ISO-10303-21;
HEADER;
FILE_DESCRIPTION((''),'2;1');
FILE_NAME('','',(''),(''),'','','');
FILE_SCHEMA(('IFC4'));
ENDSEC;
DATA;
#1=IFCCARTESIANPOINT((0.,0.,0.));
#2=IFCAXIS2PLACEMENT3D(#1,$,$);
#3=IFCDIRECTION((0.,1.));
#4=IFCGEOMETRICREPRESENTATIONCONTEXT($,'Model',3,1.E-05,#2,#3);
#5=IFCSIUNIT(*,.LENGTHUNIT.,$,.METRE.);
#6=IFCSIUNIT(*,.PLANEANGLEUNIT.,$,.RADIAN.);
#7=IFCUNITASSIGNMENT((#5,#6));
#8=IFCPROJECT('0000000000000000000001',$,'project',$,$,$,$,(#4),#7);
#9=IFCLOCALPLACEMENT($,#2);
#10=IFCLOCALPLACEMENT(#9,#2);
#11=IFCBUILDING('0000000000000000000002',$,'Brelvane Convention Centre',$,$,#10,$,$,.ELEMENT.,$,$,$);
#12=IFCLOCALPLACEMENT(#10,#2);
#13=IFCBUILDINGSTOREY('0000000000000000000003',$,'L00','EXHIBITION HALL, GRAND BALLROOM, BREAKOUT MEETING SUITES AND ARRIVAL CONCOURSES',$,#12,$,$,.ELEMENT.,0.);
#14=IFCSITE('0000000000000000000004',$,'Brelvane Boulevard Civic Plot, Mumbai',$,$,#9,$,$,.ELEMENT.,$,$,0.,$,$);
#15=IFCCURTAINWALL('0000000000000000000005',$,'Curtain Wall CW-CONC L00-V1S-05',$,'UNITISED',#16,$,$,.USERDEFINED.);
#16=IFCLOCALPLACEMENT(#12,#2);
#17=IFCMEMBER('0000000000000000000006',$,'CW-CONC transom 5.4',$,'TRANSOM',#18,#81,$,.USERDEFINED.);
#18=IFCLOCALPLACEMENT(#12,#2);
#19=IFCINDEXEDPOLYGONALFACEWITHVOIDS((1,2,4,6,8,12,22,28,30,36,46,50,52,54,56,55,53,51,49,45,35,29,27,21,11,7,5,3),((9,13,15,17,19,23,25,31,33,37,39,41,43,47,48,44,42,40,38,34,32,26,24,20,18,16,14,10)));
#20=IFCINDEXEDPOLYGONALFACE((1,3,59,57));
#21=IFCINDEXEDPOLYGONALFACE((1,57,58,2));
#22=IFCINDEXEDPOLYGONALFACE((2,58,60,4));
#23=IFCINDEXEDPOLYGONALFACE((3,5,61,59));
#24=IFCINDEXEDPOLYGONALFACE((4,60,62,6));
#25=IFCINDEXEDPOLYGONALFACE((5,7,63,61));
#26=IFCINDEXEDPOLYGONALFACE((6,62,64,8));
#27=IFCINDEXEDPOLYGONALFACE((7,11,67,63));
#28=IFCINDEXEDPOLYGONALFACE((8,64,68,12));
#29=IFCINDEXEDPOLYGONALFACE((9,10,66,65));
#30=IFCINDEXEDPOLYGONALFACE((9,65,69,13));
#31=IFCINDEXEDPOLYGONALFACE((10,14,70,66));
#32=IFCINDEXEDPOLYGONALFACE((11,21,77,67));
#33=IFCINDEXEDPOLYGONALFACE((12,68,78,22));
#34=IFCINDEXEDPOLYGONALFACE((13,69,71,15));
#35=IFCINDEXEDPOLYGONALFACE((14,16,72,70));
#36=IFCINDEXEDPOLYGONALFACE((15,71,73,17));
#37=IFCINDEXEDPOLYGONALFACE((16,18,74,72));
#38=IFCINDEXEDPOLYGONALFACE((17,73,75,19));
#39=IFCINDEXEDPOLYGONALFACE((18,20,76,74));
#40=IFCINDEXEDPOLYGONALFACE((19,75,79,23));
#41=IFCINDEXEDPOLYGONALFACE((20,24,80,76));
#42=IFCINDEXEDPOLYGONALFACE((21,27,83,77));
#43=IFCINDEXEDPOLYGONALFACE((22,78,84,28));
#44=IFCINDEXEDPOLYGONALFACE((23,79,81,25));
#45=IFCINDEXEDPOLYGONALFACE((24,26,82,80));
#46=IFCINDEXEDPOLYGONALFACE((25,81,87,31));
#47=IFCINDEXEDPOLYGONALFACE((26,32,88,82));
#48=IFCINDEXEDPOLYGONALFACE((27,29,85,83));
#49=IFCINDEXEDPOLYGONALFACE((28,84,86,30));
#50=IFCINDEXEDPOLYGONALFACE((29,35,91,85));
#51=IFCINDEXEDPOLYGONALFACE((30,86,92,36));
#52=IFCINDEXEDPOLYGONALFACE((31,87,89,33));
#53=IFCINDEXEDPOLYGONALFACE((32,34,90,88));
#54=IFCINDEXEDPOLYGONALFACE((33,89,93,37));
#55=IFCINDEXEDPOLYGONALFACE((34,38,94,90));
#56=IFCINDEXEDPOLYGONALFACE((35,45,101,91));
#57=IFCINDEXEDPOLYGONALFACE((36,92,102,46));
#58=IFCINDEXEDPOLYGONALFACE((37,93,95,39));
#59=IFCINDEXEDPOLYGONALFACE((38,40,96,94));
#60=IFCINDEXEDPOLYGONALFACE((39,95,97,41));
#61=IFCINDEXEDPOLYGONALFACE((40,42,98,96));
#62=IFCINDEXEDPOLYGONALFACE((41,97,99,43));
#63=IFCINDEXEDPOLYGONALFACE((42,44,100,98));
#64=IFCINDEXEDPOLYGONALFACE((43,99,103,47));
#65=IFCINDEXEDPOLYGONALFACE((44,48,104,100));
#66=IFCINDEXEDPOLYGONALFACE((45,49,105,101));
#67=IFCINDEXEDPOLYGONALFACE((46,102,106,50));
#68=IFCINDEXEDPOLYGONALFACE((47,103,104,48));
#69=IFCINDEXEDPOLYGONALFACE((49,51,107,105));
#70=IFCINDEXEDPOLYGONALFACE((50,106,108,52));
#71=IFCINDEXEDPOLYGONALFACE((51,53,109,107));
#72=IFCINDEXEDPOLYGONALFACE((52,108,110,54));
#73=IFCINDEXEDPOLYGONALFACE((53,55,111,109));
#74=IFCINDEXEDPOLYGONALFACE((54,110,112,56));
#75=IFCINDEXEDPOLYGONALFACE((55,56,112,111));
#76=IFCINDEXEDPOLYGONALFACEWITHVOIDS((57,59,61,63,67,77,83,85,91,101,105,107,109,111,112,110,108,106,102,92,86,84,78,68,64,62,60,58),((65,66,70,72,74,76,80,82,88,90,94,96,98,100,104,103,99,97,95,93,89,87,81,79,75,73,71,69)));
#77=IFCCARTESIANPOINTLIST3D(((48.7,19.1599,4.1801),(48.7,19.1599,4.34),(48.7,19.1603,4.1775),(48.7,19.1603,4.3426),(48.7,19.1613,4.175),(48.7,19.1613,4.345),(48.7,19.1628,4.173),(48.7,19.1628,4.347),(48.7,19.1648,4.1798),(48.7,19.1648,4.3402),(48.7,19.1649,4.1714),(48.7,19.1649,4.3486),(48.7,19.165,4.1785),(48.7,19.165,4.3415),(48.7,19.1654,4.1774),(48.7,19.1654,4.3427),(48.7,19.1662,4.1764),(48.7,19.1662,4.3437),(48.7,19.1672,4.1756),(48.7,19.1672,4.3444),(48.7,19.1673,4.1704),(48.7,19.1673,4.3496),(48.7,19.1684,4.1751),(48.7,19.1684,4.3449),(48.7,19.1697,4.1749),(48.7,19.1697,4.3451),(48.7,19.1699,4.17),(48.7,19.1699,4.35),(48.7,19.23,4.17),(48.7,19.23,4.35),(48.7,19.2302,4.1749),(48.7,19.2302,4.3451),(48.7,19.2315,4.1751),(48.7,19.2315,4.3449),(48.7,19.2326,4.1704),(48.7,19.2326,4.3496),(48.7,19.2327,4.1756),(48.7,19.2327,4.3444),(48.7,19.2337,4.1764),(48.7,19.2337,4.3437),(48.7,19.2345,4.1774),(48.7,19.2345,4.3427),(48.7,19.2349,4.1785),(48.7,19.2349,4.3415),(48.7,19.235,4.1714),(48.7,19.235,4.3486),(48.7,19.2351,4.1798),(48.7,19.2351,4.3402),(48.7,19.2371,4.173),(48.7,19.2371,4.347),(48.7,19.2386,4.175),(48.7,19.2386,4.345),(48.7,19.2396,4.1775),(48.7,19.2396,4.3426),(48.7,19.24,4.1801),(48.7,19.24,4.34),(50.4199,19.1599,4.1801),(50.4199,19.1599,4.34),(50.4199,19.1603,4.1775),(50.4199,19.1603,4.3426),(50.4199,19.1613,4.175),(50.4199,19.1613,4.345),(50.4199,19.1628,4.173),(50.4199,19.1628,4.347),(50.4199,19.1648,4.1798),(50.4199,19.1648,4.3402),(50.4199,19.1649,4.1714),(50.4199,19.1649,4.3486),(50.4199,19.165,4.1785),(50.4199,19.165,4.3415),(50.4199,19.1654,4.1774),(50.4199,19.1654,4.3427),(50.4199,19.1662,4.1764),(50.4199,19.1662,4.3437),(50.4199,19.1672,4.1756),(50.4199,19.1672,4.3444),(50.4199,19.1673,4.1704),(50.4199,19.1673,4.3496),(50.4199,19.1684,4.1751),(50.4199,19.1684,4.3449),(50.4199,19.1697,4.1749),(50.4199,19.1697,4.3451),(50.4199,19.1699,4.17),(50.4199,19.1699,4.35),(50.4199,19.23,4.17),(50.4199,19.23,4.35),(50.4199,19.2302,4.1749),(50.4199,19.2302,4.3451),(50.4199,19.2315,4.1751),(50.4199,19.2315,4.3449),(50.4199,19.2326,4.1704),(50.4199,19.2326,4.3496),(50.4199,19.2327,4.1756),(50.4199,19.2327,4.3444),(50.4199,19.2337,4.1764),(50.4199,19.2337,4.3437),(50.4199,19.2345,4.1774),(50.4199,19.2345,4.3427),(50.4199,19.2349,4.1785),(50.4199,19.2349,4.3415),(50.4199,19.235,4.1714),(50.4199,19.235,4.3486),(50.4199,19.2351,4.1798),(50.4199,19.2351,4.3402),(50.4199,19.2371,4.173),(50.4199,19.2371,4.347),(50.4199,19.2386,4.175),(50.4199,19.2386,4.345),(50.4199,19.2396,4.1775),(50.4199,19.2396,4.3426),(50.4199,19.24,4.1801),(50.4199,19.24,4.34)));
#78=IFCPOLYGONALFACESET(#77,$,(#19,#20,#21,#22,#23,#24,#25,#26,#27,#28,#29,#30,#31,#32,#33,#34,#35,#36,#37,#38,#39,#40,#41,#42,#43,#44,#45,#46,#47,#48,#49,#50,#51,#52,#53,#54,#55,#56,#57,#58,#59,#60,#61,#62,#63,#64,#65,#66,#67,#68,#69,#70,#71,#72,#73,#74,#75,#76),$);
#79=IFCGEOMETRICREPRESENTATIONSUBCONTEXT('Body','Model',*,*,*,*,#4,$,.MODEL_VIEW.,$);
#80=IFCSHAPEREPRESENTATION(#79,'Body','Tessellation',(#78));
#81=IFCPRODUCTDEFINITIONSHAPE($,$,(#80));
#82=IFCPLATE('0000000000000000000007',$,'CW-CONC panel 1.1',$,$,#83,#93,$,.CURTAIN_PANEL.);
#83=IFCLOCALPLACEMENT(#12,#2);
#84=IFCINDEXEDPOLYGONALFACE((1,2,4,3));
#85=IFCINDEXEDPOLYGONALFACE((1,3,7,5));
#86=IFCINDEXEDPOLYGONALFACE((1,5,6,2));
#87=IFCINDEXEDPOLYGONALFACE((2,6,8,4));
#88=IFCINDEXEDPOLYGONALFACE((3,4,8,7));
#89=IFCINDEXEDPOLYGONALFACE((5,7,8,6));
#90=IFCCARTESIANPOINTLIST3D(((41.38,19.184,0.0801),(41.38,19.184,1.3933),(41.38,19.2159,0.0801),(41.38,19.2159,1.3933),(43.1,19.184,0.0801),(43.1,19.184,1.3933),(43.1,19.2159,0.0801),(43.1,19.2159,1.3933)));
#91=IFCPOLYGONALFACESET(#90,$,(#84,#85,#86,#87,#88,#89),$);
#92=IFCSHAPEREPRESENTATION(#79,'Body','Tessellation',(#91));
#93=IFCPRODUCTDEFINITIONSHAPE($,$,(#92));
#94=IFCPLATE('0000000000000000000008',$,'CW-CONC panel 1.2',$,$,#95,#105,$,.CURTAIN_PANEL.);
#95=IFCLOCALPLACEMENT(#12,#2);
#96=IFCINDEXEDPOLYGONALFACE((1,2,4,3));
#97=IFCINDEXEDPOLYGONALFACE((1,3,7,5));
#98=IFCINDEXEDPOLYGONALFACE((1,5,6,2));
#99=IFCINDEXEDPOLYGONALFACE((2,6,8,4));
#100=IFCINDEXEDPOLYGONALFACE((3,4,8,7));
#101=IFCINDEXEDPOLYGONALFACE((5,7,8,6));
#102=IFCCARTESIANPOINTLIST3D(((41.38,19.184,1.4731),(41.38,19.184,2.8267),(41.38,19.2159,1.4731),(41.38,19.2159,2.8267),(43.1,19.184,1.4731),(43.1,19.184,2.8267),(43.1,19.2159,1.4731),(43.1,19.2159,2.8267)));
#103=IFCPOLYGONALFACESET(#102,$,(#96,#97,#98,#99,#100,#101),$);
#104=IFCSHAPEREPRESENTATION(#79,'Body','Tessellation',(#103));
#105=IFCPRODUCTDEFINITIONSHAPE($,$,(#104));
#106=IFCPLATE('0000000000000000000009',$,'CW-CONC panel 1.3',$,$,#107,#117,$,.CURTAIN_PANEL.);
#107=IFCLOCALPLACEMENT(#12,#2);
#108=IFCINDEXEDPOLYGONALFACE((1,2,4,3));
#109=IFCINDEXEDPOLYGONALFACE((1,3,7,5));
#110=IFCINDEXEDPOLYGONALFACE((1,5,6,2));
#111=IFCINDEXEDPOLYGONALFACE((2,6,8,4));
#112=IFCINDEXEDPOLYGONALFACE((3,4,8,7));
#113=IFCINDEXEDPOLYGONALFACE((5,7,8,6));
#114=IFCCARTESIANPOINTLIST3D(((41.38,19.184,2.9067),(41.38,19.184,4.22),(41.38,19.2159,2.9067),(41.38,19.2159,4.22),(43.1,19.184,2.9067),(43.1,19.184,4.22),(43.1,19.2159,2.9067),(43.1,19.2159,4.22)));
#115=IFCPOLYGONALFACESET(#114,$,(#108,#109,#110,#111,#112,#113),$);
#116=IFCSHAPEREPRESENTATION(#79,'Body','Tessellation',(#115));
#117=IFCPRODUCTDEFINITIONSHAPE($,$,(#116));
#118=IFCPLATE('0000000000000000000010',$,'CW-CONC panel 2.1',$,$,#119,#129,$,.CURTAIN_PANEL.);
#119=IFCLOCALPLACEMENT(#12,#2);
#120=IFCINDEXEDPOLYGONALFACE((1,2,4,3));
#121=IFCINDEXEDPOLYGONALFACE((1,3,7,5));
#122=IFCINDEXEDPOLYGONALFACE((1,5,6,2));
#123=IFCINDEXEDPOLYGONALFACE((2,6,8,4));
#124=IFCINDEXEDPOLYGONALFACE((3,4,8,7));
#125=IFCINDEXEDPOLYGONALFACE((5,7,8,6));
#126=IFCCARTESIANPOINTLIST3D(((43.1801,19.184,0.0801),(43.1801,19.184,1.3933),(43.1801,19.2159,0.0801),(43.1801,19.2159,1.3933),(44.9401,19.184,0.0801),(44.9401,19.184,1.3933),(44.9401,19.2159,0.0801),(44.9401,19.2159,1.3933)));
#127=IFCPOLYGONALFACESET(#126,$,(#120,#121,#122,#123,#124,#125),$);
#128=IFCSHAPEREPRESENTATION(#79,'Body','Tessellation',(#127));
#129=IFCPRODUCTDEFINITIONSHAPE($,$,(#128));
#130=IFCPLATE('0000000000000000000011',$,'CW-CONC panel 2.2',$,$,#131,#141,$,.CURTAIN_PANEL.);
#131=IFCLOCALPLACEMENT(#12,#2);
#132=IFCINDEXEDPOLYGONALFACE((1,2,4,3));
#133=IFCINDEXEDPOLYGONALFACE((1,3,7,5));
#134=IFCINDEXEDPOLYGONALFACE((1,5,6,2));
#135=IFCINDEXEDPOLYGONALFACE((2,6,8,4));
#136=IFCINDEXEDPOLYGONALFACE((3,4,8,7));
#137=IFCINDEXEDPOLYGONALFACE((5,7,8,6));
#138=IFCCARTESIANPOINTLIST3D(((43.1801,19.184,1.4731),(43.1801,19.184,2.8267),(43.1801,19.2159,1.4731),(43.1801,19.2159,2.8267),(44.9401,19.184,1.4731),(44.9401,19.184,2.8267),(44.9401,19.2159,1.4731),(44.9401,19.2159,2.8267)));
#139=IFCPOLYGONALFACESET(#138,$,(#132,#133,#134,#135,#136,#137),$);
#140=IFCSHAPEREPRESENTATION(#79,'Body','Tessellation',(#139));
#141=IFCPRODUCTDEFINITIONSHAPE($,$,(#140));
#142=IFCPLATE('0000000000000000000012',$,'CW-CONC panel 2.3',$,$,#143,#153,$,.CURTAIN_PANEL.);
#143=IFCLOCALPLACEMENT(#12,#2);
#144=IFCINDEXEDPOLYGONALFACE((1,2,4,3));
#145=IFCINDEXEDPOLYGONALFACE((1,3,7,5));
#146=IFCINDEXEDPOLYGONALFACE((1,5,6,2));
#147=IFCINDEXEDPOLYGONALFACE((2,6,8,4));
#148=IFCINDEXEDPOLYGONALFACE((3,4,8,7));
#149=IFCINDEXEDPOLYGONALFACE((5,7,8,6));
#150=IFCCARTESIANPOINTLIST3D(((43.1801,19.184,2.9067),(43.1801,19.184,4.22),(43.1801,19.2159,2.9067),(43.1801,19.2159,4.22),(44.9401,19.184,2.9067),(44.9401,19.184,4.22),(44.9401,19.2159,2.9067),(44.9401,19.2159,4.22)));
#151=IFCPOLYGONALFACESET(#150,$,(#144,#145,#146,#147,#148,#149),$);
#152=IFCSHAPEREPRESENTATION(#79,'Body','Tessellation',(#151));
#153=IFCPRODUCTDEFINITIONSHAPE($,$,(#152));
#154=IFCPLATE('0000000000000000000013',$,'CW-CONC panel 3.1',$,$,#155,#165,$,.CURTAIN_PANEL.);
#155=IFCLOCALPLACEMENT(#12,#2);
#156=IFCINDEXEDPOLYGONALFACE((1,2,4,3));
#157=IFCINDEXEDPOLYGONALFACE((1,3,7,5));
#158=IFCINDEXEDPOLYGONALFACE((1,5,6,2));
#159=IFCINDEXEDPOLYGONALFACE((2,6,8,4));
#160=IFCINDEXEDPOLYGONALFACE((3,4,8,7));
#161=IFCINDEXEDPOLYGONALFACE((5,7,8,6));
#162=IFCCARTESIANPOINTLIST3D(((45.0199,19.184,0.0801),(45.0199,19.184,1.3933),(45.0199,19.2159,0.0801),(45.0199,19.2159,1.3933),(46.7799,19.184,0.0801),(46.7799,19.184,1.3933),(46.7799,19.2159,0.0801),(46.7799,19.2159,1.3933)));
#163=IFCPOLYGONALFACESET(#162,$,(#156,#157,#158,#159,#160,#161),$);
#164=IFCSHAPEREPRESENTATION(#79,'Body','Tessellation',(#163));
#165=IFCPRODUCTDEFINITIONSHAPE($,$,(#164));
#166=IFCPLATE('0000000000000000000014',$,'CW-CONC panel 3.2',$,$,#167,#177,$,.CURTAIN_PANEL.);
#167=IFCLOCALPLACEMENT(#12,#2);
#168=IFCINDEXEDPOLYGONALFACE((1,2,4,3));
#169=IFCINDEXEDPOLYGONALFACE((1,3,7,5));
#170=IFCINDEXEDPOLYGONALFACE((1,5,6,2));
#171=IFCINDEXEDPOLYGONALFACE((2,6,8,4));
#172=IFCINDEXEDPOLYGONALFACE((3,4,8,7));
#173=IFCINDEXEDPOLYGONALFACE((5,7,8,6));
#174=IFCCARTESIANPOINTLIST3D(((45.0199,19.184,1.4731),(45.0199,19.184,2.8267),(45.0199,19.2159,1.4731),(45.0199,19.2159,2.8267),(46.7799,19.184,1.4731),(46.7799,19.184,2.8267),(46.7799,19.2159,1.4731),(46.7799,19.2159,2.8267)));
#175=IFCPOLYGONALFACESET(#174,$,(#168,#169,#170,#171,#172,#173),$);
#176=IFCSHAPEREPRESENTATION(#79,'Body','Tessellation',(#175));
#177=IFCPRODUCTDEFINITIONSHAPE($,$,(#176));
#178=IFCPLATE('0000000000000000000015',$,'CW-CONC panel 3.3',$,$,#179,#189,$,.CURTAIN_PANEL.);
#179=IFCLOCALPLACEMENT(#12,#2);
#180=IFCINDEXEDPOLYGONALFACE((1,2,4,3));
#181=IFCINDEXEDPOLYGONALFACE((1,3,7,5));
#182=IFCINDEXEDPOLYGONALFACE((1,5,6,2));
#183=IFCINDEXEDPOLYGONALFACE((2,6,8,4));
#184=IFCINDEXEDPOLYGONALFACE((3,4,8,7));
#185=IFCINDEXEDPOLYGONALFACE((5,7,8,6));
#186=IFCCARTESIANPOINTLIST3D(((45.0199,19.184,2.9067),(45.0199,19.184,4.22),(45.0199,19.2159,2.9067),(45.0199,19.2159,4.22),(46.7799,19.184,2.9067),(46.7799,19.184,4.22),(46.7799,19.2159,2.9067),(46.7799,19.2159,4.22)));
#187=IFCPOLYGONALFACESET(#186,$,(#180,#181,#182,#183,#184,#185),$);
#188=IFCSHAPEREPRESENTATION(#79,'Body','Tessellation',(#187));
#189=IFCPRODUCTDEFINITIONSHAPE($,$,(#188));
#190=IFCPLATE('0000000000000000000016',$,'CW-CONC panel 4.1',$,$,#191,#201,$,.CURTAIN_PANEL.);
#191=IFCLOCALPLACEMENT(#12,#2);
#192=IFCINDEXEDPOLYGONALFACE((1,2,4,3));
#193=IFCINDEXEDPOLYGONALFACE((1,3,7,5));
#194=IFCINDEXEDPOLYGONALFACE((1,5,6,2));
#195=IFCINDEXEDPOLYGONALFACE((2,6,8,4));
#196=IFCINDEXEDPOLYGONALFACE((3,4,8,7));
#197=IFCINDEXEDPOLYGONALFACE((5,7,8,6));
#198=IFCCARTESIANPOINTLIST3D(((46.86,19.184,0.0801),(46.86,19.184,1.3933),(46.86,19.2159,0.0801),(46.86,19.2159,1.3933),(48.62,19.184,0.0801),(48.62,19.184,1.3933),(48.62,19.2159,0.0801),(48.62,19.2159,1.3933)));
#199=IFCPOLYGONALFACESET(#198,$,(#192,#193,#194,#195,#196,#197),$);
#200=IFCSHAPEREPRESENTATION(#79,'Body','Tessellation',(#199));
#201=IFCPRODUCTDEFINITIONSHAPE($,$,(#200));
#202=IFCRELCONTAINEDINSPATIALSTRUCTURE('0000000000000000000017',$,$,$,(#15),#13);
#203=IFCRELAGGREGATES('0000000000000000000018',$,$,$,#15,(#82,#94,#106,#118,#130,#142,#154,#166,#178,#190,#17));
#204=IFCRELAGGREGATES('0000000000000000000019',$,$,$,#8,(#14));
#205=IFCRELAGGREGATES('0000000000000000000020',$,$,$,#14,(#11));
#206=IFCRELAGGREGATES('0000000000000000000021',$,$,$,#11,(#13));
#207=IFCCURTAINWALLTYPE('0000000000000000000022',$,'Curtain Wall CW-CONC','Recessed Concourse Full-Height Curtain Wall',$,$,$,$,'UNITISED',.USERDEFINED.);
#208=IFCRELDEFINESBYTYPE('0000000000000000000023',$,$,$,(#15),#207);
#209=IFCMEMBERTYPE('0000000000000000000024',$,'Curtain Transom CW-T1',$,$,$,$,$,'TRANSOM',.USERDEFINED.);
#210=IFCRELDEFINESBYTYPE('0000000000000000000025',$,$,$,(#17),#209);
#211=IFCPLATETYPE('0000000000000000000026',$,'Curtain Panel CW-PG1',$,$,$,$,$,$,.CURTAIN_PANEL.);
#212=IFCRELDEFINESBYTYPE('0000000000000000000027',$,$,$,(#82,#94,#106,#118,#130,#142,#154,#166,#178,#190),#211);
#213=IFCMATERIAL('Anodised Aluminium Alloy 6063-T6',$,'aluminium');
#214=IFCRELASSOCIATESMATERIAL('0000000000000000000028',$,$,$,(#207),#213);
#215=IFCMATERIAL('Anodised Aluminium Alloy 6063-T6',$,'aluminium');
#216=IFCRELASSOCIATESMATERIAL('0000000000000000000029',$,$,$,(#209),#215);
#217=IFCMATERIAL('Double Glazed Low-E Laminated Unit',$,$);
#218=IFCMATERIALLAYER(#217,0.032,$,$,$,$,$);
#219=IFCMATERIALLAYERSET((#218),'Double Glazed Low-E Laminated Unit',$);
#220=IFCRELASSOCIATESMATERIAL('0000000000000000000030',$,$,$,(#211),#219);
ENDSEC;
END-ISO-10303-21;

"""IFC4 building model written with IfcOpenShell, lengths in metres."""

from ifc_helpers import new_model, si_unit, direction, frame, origin, origin_2d, place, context, subcontext, project, spatial, rectangle, hollow_rectangle, extrude, material, layer, layer_set, material_profile, profile_set, type_object, element, aggregate, save


model = new_model("IFC4")

# Units and contexts
model_context = context("Model", 3, precision=1e-05, world=origin(), true_north=direction((0.0, 1.0)))
body_context = subcontext(model_context, "Body", "Model", "MODEL_VIEW")
ifc_project = project(units=[si_unit("LENGTHUNIT", "METRE"), si_unit("PLANEANGLEUNIT", "RADIAN")], contexts=[model_context])

# Site, building, storey
site_placement = place(None, origin())
site = spatial("IfcSite", under=ifc_project, at=site_placement, Name="Brelvane Boulevard Civic Plot, Mumbai", CompositionType="ELEMENT", RefElevation=0.0)
building_placement = place(site_placement, origin())
building = spatial("IfcBuilding", under=site, at=building_placement, Name="Brelvane Convention Centre", CompositionType="ELEMENT")
storey_placement = place(building_placement, origin())
storey = spatial("IfcBuildingStorey", under=building, at=storey_placement, Name="L00", Description="EXHIBITION HALL, GRAND BALLROOM, BREAKOUT MEETING SUITES AND ARRIVAL CONCOURSES", CompositionType="ELEMENT", Elevation=0.0)

# Curtain wall, member, plates
ifc_material_1 = material(Name="Anodised Aluminium Alloy 6063-T6", Category="aluminium")
curtain_wall_type = type_object("IfcCurtainWallType", Name="Curtain Wall CW-CONC", Description="Recessed Concourse Full-Height Curtain Wall", ElementType="UNITISED", PredefinedType="USERDEFINED", material=ifc_material_1)
curtain_wall_placement = place(storey_placement, origin())
curtain_wall = element("IfcCurtainWall", 1, at=curtain_wall_placement, inside=storey, type_object=curtain_wall_type, Name="Curtain Wall CW-CONC L00-V1S-05", ObjectType="UNITISED", PredefinedType="USERDEFINED")
ifc_material_2 = material(Name="Anodised Aluminium Alloy 6063-T6", Category="aluminium")
ifc_material_profile_1 = material_profile(ifc_material_2, hollow_rectangle(XDim=0.0801, YDim=0.1799, WallThickness=0.0049, InnerFilletRadius=0.0049, OuterFilletRadius=0.01, at=origin_2d()), Name="ALU-T 180x80x5.0")
ifc_profile_set_1 = profile_set([ifc_material_profile_1], Name="Anodised Aluminium Alloy 6063-T6")
member_type_1 = type_object("IfcMemberType", Name="Curtain Transom CW-T1", ElementType="TRANSOM", PredefinedType="USERDEFINED", material=ifc_profile_set_1)
member_1_placement = place(storey_placement, frame((48.7, 19.2, 4.26), z_axis=(1.0, 0.0, 0.0), x_axis=(0.0, 1.0, 0.0)))
member_1 = element("IfcMember", 2, at=member_1_placement, type_object=member_type_1, Name="CW-CONC transom 5.4", ObjectType="TRANSOM", PredefinedType="USERDEFINED", context=body_context, shape_type="SweptSolid", body=[
    extrude(hollow_rectangle(XDim=0.0801, YDim=0.1799, WallThickness=0.0049, InnerFilletRadius=0.0049, OuterFilletRadius=0.01, at=origin_2d()), origin(), (0.0, 0.0, 1.0), 1.72),
])
ifc_material_3 = material(Name="Double Glazed Low-E Laminated Unit")
ifc_layer = layer(ifc_material_3, 0.032)
ifc_layer_set = layer_set([ifc_layer], Name="Double Glazed Low-E Laminated Unit")
plate_type = type_object("IfcPlateType", Name="Curtain Panel CW-PG1", PredefinedType="CURTAIN_PANEL", material=ifc_layer_set)
plate_1_placement = place(storey_placement, frame((42.24, 19.2, 0.0801), z_axis=(0.0, 0.0, 1.0), x_axis=(1.0, 0.0, 0.0)))
plate_1 = element("IfcPlate", 3, at=plate_1_placement, type_object=plate_type, Name="CW-CONC panel 1.1", PredefinedType="CURTAIN_PANEL", context=body_context, shape_type="SweptSolid", body=[
    extrude(rectangle(XDim=1.72, YDim=0.032, at=origin_2d()), origin(), (0.0, 0.0, 1.0), 1.3132),
])
plate_2_placement = place(storey_placement, frame((42.24, 19.2, 1.4731), z_axis=(0.0, 0.0, 1.0), x_axis=(1.0, 0.0, 0.0)))
plate_2 = element("IfcPlate", 4, at=plate_2_placement, type_object=plate_type, Name="CW-CONC panel 1.2", PredefinedType="CURTAIN_PANEL", context=body_context, shape_type="SweptSolid", body=[
    extrude(rectangle(XDim=1.72, YDim=0.032, at=origin_2d()), origin(), (0.0, 0.0, 1.0), 1.3535),
])
plate_3_placement = place(storey_placement, frame((42.24, 19.2, 2.9067), z_axis=(0.0, 0.0, 1.0), x_axis=(1.0, 0.0, 0.0)))
plate_3 = element("IfcPlate", 5, at=plate_3_placement, type_object=plate_type, Name="CW-CONC panel 1.3", PredefinedType="CURTAIN_PANEL", context=body_context, shape_type="SweptSolid", body=[
    extrude(rectangle(XDim=1.72, YDim=0.032, at=origin_2d()), origin(), (0.0, 0.0, 1.0), 1.3132),
])
plate_4_placement = place(storey_placement, frame((44.0601, 19.2, 0.0801), z_axis=(0.0, 0.0, 1.0), x_axis=(1.0, 0.0, 0.0)))
plate_4 = element("IfcPlate", 6, at=plate_4_placement, type_object=plate_type, Name="CW-CONC panel 2.1", PredefinedType="CURTAIN_PANEL", context=body_context, shape_type="SweptSolid", body=[
    extrude(rectangle(XDim=1.76, YDim=0.032, at=origin_2d()), origin(), (0.0, 0.0, 1.0), 1.3132),
])
plate_5_placement = place(storey_placement, frame((44.0601, 19.2, 1.4731), z_axis=(0.0, 0.0, 1.0), x_axis=(1.0, 0.0, 0.0)))
plate_5 = element("IfcPlate", 7, at=plate_5_placement, type_object=plate_type, Name="CW-CONC panel 2.2", PredefinedType="CURTAIN_PANEL", context=body_context, shape_type="SweptSolid", body=[
    extrude(rectangle(XDim=1.76, YDim=0.032, at=origin_2d()), origin(), (0.0, 0.0, 1.0), 1.3535),
])
plate_6_placement = place(storey_placement, frame((44.0601, 19.2, 2.9067), z_axis=(0.0, 0.0, 1.0), x_axis=(1.0, 0.0, 0.0)))
plate_6 = element("IfcPlate", 8, at=plate_6_placement, type_object=plate_type, Name="CW-CONC panel 2.3", PredefinedType="CURTAIN_PANEL", context=body_context, shape_type="SweptSolid", body=[
    extrude(rectangle(XDim=1.76, YDim=0.032, at=origin_2d()), origin(), (0.0, 0.0, 1.0), 1.3132),
])
plate_7_placement = place(storey_placement, frame((45.8999, 19.2, 0.0801), z_axis=(0.0, 0.0, 1.0), x_axis=(1.0, 0.0, 0.0)))
plate_7 = element("IfcPlate", 9, at=plate_7_placement, type_object=plate_type, Name="CW-CONC panel 3.1", PredefinedType="CURTAIN_PANEL", context=body_context, shape_type="SweptSolid", body=[
    extrude(rectangle(XDim=1.76, YDim=0.032, at=origin_2d()), origin(), (0.0, 0.0, 1.0), 1.3132),
])
plate_8_placement = place(storey_placement, frame((45.8999, 19.2, 1.4731), z_axis=(0.0, 0.0, 1.0), x_axis=(1.0, 0.0, 0.0)))
plate_8 = element("IfcPlate", 10, at=plate_8_placement, type_object=plate_type, Name="CW-CONC panel 3.2", PredefinedType="CURTAIN_PANEL", context=body_context, shape_type="SweptSolid", body=[
    extrude(rectangle(XDim=1.76, YDim=0.032, at=origin_2d()), origin(), (0.0, 0.0, 1.0), 1.3535),
])
plate_9_placement = place(storey_placement, frame((45.8999, 19.2, 2.9067), z_axis=(0.0, 0.0, 1.0), x_axis=(1.0, 0.0, 0.0)))
plate_9 = element("IfcPlate", 11, at=plate_9_placement, type_object=plate_type, Name="CW-CONC panel 3.3", PredefinedType="CURTAIN_PANEL", context=body_context, shape_type="SweptSolid", body=[
    extrude(rectangle(XDim=1.76, YDim=0.032, at=origin_2d()), origin(), (0.0, 0.0, 1.0), 1.3132),
])
plate_10_placement = place(storey_placement, frame((47.74, 19.2, 0.0801), z_axis=(0.0, 0.0, 1.0), x_axis=(1.0, 0.0, 0.0)))
plate_10 = element("IfcPlate", 12, at=plate_10_placement, type_object=plate_type, Name="CW-CONC panel 4.1", PredefinedType="CURTAIN_PANEL", context=body_context, shape_type="SweptSolid", body=[
    extrude(rectangle(XDim=1.76, YDim=0.032, at=origin_2d()), origin(), (0.0, 0.0, 1.0), 1.3132),
])
aggregate(curtain_wall, [plate_1, plate_2, plate_3, plate_4, plate_5, plate_6, plate_7, plate_8, plate_9, plate_10, member_1])

save(model, "model.ifc")
